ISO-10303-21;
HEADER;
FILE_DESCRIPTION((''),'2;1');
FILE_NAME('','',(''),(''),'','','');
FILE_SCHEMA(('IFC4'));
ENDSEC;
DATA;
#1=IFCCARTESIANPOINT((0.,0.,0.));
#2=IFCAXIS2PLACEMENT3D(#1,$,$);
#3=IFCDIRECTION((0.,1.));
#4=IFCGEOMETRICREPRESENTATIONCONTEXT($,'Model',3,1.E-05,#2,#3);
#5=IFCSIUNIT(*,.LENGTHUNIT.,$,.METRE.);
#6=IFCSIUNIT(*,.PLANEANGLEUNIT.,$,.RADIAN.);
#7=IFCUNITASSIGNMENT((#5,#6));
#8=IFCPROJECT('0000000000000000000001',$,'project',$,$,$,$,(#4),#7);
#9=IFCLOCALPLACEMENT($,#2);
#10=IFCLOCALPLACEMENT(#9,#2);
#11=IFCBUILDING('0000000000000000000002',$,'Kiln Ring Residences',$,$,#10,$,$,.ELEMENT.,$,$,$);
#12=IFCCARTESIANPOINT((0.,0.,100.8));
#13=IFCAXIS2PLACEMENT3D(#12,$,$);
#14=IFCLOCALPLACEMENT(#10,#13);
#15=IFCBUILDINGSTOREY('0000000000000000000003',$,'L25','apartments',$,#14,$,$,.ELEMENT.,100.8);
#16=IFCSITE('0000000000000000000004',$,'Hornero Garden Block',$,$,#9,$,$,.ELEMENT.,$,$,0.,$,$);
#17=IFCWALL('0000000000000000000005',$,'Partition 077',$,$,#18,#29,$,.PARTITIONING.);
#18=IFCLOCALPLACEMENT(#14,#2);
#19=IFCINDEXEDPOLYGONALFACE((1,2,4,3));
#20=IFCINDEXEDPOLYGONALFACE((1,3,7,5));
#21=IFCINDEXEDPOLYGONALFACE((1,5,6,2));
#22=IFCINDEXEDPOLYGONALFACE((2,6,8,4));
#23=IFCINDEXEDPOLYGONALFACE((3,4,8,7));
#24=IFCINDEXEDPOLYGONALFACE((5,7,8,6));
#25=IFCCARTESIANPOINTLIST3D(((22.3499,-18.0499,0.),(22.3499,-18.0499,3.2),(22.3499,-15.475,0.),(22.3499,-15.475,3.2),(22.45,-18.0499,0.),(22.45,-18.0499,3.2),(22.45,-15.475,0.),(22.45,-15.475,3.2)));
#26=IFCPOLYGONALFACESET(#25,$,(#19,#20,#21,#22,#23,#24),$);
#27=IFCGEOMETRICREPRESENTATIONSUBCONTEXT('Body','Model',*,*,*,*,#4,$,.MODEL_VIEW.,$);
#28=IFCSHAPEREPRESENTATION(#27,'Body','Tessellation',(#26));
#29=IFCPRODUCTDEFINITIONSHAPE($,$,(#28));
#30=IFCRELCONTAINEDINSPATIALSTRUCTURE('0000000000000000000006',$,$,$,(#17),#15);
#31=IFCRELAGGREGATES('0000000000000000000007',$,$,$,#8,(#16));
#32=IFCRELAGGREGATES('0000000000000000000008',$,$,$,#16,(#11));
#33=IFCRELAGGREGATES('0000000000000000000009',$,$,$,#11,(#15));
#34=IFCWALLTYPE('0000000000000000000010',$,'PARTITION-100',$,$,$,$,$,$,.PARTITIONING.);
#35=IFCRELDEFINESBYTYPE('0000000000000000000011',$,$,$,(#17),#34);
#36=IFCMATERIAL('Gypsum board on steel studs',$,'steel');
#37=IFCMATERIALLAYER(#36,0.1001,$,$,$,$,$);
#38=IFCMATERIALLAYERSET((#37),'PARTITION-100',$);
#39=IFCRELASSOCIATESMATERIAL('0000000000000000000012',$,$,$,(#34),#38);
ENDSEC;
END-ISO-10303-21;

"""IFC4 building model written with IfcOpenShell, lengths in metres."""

from ifc_helpers import new_model, si_unit, direction, frame, frame_2d, origin, place, context, subcontext, project, spatial, rectangle, extrude, material, layer, layer_set, type_object, element, save


model = new_model("IFC4")

# Units and contexts
model_context = context("Model", 3, precision=1e-05, world=origin(), true_north=direction((0.0, 1.0)))
body_context = subcontext(model_context, "Body", "Model", "MODEL_VIEW")
ifc_project = project(units=[si_unit("LENGTHUNIT", "METRE"), si_unit("PLANEANGLEUNIT", "RADIAN")], contexts=[model_context])

# Site, building, storey
site_placement = place(None, origin())
site = spatial("IfcSite", under=ifc_project, at=site_placement, Name="Hornero Garden Block", CompositionType="ELEMENT", RefElevation=0.0)
building_placement = place(site_placement, origin())
building = spatial("IfcBuilding", under=site, at=building_placement, Name="Kiln Ring Residences", CompositionType="ELEMENT")
storey_placement = place(building_placement, frame((0.0, 0.0, 100.8)))
storey = spatial("IfcBuildingStorey", under=building, at=storey_placement, Name="L25", Description="apartments", CompositionType="ELEMENT", Elevation=100.8)

# Shared definitions
ifc_material_1 = material(Name="Gypsum board on steel studs", Category="steel")
ifc_layer_1 = layer(ifc_material_1, 0.1001)
ifc_layer_set_1 = layer_set([ifc_layer_1], Name="PARTITION-100")
wall_type_1 = type_object("IfcWallType", Name="PARTITION-100", PredefinedType="PARTITIONING", material=ifc_layer_set_1)

# Wall
wall_1_placement = place(storey_placement, frame((22.3999, -18.05, 0.0), z_axis=(0.0, 0.0, 1.0), x_axis=(0.0, 1.0, 0.0)))
element("IfcWall", 1, at=wall_1_placement, inside=storey, type_object=wall_type_1, Name="Partition 077", PredefinedType="PARTITIONING", context=body_context, shape_type="SweptSolid", body=[
    extrude(rectangle(XDim=2.575, YDim=0.1001, at=frame_2d((1.2876, 0.0))), origin(), (0.0, 0.0, 1.0), 3.2),
])

save(model, "model.ifc")
